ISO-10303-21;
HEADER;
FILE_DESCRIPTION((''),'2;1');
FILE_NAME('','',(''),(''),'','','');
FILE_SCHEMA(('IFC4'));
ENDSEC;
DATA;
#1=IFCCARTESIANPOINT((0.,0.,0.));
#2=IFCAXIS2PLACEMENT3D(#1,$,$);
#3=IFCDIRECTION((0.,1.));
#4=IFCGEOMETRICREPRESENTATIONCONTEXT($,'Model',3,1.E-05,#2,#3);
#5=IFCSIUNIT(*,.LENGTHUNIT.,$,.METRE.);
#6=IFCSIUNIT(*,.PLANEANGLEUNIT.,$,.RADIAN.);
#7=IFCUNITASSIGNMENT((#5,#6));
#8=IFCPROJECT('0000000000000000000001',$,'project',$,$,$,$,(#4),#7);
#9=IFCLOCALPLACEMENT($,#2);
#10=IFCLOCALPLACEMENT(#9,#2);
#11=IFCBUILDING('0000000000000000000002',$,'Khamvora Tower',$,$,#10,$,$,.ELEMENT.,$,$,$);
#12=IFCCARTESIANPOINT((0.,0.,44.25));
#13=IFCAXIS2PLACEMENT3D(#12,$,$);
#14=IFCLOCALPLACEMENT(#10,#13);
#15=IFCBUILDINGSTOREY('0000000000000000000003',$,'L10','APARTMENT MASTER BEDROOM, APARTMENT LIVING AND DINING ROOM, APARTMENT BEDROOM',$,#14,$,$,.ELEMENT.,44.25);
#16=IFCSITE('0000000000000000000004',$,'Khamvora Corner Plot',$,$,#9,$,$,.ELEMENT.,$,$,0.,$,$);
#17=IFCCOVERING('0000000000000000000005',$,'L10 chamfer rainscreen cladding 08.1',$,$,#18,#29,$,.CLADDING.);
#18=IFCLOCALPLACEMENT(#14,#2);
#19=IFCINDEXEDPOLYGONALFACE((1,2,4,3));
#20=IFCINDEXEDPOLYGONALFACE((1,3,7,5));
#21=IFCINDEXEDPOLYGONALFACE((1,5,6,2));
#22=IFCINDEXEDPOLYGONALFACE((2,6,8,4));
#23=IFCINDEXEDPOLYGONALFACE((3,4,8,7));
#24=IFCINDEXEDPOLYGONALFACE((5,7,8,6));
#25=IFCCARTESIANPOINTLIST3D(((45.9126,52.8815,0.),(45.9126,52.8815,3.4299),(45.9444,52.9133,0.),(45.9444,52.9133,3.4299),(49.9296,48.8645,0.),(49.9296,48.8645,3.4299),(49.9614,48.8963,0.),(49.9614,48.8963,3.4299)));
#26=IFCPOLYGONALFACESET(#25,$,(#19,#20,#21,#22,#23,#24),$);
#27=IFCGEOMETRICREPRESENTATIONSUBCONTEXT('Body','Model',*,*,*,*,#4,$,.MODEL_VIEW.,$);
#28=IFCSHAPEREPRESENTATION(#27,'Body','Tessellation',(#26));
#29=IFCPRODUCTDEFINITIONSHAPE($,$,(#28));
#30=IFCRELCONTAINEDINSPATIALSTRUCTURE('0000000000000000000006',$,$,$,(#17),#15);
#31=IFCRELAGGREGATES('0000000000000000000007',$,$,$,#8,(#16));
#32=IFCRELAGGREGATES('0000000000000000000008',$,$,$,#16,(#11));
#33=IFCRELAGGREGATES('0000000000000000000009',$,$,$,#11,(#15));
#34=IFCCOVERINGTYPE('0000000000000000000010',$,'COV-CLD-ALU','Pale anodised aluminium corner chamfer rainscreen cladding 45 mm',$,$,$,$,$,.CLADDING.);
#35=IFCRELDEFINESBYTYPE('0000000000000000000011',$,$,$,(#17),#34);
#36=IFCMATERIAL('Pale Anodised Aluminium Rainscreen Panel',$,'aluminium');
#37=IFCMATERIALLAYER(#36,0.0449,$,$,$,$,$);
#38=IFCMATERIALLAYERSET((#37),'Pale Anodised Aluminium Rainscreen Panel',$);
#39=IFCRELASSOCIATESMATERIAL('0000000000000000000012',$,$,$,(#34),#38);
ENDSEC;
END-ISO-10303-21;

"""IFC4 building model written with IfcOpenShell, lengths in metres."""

from ifc_helpers import new_model, si_unit, direction, frame, origin, origin_2d, place, context, subcontext, project, spatial, rectangle, extrude, material, layer, layer_set, type_object, element, save


model = new_model("IFC4")

# Units and contexts
model_context = context("Model", 3, precision=1e-05, world=origin(), true_north=direction((0.0, 1.0)))
body_context = subcontext(model_context, "Body", "Model", "MODEL_VIEW")
ifc_project = project(units=[si_unit("LENGTHUNIT", "METRE"), si_unit("PLANEANGLEUNIT", "RADIAN")], contexts=[model_context])

# Site, building, storey
site_placement = place(None, origin())
site = spatial("IfcSite", under=ifc_project, at=site_placement, Name="Khamvora Corner Plot", CompositionType="ELEMENT", RefElevation=0.0)
building_placement = place(site_placement, origin())
building = spatial("IfcBuilding", under=site, at=building_placement, Name="Khamvora Tower", CompositionType="ELEMENT")
storey_placement = place(building_placement, frame((0.0, 0.0, 44.25)))
storey = spatial("IfcBuildingStorey", under=building, at=storey_placement, Name="L10", Description="APARTMENT MASTER BEDROOM, APARTMENT LIVING AND DINING ROOM, APARTMENT BEDROOM", CompositionType="ELEMENT", Elevation=44.25)

# Covering
ifc_material_1 = material(Name="Pale Anodised Aluminium Rainscreen Panel", Category="aluminium")
ifc_layer_1 = layer(ifc_material_1, 0.0449)
ifc_layer_set_1 = layer_set([ifc_layer_1], Name="Pale Anodised Aluminium Rainscreen Panel")
covering_type = type_object("IfcCoveringType", Name="COV-CLD-ALU", Description="Pale anodised aluminium corner chamfer rainscreen cladding 45 mm", PredefinedType="CLADDING", material=ifc_layer_set_1)
covering_placement = place(storey_placement, frame((47.937, 50.8889, 0.0), z_axis=(0.0, 0.0, 1.0), x_axis=(0.707107, -0.707107, 0.0)))
element("IfcCovering", 1, at=covering_placement, inside=storey, type_object=covering_type, Name="L10 chamfer rainscreen cladding 08.1", PredefinedType="CLADDING", context=body_context, shape_type="SweptSolid", body=[
    extrude(rectangle(XDim=5.6809, YDim=0.0449, at=origin_2d()), origin(), (0.0, 0.0, 1.0), 3.4299),
])

save(model, "model.ifc")
